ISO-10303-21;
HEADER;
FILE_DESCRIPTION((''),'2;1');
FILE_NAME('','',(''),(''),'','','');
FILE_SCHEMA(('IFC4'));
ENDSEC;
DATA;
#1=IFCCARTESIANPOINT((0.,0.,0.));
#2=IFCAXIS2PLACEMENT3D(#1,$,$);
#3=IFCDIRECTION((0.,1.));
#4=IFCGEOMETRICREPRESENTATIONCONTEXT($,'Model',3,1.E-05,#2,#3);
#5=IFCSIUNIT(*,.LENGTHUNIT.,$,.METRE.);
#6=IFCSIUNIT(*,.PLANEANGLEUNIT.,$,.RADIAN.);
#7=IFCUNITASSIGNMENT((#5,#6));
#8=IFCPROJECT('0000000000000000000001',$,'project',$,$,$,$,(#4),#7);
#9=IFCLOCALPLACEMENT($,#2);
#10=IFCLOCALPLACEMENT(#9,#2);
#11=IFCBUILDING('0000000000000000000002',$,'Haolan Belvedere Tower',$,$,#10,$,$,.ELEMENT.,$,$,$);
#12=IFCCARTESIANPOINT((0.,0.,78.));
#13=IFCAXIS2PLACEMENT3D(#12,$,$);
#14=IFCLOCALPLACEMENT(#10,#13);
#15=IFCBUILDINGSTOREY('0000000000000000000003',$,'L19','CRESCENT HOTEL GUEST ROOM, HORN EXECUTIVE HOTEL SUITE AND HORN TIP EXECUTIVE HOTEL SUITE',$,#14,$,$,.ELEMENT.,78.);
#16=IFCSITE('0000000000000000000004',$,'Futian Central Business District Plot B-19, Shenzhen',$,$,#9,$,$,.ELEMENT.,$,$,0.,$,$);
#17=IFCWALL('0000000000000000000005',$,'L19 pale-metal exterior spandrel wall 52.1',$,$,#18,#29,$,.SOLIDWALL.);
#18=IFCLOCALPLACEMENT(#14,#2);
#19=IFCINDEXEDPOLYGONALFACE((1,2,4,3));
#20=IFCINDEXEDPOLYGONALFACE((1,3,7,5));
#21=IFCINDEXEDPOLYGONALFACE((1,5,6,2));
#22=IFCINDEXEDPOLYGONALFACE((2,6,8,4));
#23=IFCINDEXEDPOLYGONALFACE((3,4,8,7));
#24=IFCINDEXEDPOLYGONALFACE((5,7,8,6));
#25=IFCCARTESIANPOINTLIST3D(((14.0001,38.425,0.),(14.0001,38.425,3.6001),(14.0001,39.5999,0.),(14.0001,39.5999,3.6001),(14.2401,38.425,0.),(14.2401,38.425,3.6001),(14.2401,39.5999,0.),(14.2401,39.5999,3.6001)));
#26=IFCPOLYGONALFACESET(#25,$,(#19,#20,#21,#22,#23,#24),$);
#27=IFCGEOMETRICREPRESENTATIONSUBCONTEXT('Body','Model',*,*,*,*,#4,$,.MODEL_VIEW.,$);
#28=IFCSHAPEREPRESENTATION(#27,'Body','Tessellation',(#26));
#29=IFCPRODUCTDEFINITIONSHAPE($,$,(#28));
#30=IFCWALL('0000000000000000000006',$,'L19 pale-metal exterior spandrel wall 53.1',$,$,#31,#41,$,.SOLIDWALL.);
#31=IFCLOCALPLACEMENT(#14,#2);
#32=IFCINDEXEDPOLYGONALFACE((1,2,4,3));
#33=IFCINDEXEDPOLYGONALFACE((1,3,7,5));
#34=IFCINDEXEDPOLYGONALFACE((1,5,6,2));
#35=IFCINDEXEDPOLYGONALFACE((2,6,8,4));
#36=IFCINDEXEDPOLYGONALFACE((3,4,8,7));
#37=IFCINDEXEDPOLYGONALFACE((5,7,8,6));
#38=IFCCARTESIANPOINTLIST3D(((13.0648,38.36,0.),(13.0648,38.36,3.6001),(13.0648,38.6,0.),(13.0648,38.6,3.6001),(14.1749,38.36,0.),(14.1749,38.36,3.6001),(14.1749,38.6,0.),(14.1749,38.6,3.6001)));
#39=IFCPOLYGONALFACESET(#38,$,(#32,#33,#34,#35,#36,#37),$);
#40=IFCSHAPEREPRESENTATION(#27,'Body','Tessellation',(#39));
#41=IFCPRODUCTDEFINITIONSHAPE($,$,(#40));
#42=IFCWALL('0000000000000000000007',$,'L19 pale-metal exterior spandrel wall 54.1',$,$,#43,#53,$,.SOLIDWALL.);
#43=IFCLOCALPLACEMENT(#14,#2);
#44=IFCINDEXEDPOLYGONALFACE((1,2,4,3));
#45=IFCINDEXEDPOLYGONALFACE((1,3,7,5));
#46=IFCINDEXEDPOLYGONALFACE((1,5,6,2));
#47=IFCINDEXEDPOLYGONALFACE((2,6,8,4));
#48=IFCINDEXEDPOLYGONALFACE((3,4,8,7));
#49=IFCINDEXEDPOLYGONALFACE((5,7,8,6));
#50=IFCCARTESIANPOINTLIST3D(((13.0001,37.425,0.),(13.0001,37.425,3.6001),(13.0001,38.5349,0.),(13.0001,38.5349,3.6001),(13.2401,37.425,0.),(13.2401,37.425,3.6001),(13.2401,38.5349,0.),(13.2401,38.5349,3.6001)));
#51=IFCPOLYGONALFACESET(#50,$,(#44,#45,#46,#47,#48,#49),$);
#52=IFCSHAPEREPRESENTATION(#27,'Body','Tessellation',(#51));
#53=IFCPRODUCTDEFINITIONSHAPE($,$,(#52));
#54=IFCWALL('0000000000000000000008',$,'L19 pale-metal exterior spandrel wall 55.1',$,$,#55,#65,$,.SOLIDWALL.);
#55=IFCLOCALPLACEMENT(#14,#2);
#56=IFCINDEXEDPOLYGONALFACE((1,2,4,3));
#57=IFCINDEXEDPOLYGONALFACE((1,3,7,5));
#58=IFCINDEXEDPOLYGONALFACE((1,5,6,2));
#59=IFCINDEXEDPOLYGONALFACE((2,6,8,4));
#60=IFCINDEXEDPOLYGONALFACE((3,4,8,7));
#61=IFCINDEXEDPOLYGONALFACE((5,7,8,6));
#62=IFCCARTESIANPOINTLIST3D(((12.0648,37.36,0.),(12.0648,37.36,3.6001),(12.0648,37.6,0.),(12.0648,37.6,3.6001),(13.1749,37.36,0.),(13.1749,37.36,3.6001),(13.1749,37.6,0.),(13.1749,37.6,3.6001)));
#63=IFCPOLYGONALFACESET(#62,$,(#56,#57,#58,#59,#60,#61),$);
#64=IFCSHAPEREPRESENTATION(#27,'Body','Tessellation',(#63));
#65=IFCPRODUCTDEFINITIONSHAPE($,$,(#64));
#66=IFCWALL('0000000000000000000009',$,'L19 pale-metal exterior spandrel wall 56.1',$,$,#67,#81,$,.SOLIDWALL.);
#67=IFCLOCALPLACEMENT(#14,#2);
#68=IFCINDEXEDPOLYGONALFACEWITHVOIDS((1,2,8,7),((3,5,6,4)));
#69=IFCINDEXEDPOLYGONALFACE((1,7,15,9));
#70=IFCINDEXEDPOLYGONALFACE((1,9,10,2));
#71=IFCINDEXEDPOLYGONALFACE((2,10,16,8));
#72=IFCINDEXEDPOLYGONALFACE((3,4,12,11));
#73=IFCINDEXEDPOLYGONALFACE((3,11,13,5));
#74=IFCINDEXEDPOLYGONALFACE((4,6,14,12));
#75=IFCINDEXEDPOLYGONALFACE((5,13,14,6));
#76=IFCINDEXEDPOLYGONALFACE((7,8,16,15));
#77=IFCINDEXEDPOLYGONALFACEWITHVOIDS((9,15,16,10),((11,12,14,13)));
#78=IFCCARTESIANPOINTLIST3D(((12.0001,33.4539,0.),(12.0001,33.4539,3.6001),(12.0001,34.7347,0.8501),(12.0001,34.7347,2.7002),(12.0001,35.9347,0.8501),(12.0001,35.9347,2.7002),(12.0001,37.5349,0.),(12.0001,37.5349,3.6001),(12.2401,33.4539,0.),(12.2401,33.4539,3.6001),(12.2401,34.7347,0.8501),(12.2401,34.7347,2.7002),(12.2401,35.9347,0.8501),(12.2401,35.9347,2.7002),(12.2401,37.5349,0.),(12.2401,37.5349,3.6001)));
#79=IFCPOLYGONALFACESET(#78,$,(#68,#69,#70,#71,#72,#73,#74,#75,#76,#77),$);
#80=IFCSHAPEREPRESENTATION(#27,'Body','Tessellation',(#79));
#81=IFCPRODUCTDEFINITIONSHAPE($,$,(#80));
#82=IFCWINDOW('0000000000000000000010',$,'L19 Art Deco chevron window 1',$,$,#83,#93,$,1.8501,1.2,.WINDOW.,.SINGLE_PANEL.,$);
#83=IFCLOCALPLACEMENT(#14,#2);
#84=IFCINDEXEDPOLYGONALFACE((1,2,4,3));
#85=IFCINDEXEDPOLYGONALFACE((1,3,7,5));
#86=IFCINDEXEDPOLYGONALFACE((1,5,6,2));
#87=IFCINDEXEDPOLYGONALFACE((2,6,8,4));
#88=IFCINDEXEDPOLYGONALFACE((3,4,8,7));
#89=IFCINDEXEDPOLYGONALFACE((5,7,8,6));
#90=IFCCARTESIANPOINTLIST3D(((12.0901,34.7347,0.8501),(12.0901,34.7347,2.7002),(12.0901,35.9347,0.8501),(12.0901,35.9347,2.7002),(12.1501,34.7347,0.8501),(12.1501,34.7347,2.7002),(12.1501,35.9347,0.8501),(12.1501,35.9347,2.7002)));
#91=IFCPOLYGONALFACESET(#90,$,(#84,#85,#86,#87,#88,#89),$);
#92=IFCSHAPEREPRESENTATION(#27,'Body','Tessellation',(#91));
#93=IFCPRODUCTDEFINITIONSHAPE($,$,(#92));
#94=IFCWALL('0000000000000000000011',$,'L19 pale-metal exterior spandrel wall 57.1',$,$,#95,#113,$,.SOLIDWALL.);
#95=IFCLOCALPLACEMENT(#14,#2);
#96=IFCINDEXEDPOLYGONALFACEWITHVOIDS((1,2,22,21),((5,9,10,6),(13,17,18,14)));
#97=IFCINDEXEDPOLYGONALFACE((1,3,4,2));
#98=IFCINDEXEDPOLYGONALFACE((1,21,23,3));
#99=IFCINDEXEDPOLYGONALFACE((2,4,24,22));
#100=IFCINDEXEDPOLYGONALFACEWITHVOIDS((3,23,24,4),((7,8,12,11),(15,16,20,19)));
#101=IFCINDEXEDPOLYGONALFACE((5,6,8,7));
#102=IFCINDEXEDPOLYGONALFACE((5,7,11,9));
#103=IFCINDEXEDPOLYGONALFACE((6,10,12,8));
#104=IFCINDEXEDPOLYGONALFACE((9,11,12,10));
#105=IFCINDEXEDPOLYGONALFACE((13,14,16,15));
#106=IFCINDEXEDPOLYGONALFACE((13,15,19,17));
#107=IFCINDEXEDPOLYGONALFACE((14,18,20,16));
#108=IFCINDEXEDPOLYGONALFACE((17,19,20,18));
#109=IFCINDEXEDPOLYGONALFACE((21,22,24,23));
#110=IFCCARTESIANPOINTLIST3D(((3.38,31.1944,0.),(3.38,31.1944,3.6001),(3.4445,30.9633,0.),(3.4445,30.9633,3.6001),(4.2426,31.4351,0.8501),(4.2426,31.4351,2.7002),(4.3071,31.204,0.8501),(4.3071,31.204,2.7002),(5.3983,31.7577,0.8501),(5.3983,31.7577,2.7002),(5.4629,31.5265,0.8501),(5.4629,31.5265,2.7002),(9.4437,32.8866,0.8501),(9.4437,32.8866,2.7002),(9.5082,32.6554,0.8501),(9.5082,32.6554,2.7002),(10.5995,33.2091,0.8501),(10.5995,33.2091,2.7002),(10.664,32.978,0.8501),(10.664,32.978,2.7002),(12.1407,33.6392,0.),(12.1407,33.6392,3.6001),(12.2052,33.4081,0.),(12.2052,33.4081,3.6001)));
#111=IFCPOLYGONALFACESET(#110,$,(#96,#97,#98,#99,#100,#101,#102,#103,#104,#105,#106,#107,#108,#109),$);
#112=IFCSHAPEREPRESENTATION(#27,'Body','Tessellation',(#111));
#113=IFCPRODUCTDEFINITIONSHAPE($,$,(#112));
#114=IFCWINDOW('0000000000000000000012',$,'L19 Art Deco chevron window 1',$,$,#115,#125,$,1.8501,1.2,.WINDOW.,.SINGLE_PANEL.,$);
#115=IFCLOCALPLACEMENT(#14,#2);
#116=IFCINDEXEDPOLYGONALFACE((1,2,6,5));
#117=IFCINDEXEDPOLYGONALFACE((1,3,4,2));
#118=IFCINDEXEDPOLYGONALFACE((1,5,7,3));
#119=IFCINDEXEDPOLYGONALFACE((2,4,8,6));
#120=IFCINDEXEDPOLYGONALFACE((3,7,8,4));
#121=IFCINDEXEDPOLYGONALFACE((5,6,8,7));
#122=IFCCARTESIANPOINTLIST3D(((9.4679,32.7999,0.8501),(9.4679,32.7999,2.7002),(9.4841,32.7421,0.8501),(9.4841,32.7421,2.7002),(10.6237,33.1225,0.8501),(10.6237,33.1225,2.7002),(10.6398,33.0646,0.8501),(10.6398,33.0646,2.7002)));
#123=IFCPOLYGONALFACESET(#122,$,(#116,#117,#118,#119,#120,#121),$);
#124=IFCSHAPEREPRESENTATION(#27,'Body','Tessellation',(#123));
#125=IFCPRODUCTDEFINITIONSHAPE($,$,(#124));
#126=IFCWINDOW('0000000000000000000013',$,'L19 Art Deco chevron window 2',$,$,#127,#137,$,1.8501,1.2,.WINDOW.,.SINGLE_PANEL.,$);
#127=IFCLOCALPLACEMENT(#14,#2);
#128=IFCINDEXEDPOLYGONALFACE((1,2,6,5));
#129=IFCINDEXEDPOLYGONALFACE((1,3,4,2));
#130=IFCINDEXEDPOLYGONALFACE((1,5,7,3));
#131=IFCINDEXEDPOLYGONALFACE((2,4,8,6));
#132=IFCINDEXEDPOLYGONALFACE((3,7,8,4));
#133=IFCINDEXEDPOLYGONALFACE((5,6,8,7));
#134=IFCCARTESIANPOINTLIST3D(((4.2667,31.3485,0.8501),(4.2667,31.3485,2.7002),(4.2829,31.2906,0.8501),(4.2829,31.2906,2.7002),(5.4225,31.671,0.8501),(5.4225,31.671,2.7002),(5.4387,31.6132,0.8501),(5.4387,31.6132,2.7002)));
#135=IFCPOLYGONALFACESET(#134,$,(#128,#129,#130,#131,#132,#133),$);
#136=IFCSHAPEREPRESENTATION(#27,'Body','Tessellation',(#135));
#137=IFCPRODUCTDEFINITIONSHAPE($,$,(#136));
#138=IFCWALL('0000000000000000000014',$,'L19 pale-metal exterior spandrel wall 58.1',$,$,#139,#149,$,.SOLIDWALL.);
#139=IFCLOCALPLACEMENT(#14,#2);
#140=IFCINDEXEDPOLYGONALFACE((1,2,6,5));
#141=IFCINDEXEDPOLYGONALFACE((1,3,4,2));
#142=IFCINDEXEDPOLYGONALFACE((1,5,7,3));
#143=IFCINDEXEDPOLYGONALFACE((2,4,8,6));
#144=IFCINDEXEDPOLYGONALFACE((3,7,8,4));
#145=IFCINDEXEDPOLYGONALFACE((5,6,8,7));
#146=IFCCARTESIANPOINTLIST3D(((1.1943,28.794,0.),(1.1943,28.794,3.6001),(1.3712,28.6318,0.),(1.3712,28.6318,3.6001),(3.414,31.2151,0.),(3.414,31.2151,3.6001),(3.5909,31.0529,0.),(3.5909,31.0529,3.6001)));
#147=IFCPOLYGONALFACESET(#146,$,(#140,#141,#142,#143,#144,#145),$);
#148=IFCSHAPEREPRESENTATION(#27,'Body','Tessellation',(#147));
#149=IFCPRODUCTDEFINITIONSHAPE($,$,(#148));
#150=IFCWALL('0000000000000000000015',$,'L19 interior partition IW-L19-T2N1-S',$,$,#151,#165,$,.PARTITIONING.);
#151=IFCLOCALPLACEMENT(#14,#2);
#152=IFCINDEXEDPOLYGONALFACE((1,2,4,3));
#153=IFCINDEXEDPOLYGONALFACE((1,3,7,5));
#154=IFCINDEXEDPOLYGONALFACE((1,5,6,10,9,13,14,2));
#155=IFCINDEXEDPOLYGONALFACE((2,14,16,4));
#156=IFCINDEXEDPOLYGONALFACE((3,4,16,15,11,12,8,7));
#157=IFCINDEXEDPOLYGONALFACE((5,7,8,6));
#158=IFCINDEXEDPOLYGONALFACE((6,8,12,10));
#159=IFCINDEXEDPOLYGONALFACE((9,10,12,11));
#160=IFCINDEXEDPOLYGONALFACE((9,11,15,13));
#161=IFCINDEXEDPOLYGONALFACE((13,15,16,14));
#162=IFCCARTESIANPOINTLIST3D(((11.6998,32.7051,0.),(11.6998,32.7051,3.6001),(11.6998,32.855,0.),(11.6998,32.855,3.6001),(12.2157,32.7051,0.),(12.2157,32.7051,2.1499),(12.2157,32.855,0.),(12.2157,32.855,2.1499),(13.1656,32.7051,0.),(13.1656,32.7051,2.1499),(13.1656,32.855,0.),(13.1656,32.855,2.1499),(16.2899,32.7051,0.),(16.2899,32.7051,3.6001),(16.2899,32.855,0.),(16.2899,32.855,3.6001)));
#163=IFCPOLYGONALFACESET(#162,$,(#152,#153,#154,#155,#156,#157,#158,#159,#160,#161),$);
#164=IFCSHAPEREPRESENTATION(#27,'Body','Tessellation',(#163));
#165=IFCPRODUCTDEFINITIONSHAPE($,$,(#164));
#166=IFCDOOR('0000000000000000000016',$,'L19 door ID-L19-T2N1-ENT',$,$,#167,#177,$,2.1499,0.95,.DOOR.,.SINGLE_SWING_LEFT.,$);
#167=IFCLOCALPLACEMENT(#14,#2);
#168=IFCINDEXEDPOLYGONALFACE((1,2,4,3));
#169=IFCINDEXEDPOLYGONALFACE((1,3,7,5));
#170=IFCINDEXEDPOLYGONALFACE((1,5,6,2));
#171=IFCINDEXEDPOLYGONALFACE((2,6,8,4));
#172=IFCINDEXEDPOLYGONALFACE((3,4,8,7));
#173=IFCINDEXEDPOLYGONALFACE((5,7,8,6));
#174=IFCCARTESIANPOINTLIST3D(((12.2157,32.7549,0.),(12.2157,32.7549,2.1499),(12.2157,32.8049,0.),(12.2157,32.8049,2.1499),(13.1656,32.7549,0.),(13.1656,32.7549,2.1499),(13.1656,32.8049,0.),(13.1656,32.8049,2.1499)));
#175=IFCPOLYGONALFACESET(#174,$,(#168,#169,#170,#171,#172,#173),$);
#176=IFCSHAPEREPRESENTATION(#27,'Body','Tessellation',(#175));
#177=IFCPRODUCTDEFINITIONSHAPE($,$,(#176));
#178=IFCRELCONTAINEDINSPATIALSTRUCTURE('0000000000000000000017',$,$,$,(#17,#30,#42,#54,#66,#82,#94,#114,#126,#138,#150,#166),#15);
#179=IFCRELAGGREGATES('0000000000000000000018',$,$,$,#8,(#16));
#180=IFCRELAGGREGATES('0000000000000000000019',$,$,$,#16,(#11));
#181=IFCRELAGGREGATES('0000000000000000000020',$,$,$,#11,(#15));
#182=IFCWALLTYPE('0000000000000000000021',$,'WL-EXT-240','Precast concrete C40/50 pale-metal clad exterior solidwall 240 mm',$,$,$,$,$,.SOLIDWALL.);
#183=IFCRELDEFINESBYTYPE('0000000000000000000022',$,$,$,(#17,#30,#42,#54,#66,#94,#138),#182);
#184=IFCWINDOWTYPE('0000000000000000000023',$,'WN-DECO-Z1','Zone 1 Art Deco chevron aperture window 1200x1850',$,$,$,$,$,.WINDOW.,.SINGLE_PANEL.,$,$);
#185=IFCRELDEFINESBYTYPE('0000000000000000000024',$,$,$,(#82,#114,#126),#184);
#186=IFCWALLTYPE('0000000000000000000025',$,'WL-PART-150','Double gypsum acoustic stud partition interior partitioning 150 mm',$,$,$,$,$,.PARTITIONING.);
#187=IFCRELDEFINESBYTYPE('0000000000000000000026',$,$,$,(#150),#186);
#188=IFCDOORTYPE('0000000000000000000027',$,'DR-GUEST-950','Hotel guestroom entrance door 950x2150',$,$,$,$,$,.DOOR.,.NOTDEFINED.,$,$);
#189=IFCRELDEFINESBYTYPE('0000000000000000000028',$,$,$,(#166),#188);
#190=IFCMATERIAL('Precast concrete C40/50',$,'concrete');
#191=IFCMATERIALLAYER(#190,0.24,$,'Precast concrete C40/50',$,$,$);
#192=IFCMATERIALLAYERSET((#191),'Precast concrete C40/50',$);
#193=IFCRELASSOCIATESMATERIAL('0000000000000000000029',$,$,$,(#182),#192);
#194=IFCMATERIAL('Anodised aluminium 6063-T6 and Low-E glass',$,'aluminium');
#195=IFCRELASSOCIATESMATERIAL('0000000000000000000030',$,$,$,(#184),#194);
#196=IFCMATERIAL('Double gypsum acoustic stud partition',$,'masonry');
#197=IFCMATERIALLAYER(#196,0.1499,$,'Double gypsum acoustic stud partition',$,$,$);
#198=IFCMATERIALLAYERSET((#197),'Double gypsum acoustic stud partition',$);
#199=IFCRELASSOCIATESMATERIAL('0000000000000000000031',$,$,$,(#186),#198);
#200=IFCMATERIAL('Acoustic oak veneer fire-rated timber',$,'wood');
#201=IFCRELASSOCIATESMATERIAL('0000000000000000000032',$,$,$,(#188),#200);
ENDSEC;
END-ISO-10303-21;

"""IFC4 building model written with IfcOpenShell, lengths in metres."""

from ifc_helpers import new_model, si_unit, direction, frame, frame_2d, origin, place, context, subcontext, project, spatial, rectangle, extrude, material, layer, layer_set, type_object, element, fill, save


model = new_model("IFC4")

# Units and contexts
model_context = context("Model", 3, precision=1e-05, world=origin(), true_north=direction((0.0, 1.0)))
body_context = subcontext(model_context, "Body", "Model", "MODEL_VIEW")
ifc_project = project(units=[si_unit("LENGTHUNIT", "METRE"), si_unit("PLANEANGLEUNIT", "RADIAN")], contexts=[model_context])

# Site, building, storey
site_placement = place(None, origin())
site = spatial("IfcSite", under=ifc_project, at=site_placement, Name="Futian Central Business District Plot B-19, Shenzhen", CompositionType="ELEMENT", RefElevation=0.0)
building_placement = place(site_placement, origin())
building = spatial("IfcBuilding", under=site, at=building_placement, Name="Haolan Belvedere Tower", CompositionType="ELEMENT")
storey_placement = place(building_placement, frame((0.0, 0.0, 78.0)))
storey = spatial("IfcBuildingStorey", under=building, at=storey_placement, Name="L19", Description="CRESCENT HOTEL GUEST ROOM, HORN EXECUTIVE HOTEL SUITE AND HORN TIP EXECUTIVE HOTEL SUITE", CompositionType="ELEMENT", Elevation=78.0)

# Walls
ifc_material_1 = material(Name="Precast concrete C40/50", Category="concrete")
ifc_layer_1 = layer(ifc_material_1, 0.24, Name="Precast concrete C40/50")
ifc_layer_set_1 = layer_set([ifc_layer_1], Name="Precast concrete C40/50")
wall_type_1 = type_object("IfcWallType", Name="WL-EXT-240", Description="Precast concrete C40/50 pale-metal clad exterior solidwall 240 mm", PredefinedType="SOLIDWALL", material=ifc_layer_set_1)
wall_1_placement = place(storey_placement, frame((14.1201, 39.5999, 0.0), z_axis=(0.0, 0.0, 1.0), x_axis=(0.0, -1.0, 0.0)))
element("IfcWall", 1, at=wall_1_placement, inside=storey, type_object=wall_type_1, Name="L19 pale-metal exterior spandrel wall 52.1", PredefinedType="SOLIDWALL", context=body_context, shape_type="SweptSolid", body=[
    extrude(rectangle(XDim=1.1748, YDim=0.24, at=frame_2d((0.5874, 0.0))), origin(), (0.0, 0.0, 1.0), 3.6001),
])
wall_2_placement = place(storey_placement, frame((14.175, 38.48, 0.0), z_axis=(0.0, 0.0, 1.0), x_axis=(-1.0, 0.0, 0.0)))
element("IfcWall", 2, at=wall_2_placement, inside=storey, type_object=wall_type_1, Name="L19 pale-metal exterior spandrel wall 53.1", PredefinedType="SOLIDWALL", context=body_context, shape_type="SweptSolid", body=[
    extrude(rectangle(XDim=1.1101, YDim=0.24, at=frame_2d((0.5552, 0.0))), origin(), (0.0, 0.0, 1.0), 3.6001),
])
wall_3_placement = place(storey_placement, frame((13.1201, 38.5349, 0.0), z_axis=(0.0, 0.0, 1.0), x_axis=(0.0, -1.0, 0.0)))
element("IfcWall", 3, at=wall_3_placement, inside=storey, type_object=wall_type_1, Name="L19 pale-metal exterior spandrel wall 54.1", PredefinedType="SOLIDWALL", context=body_context, shape_type="SweptSolid", body=[
    extrude(rectangle(XDim=1.1099, YDim=0.24, at=frame_2d((0.5549, 0.0))), origin(), (0.0, 0.0, 1.0), 3.6001),
])
wall_4_placement = place(storey_placement, frame((13.175, 37.48, 0.0), z_axis=(0.0, 0.0, 1.0), x_axis=(-1.0, 0.0, 0.0)))
element("IfcWall", 4, at=wall_4_placement, inside=storey, type_object=wall_type_1, Name="L19 pale-metal exterior spandrel wall 55.1", PredefinedType="SOLIDWALL", context=body_context, shape_type="SweptSolid", body=[
    extrude(rectangle(XDim=1.1101, YDim=0.24, at=frame_2d((0.5552, 0.0))), origin(), (0.0, 0.0, 1.0), 3.6001),
])

# Wall, opening, window
wall_5_placement = place(storey_placement, frame((12.1201, 37.5349, 0.0), z_axis=(0.0, 0.0, 1.0), x_axis=(0.0, -1.0, 0.0)))
wall_5 = element("IfcWall", 5, at=wall_5_placement, inside=storey, type_object=wall_type_1, Name="L19 pale-metal exterior spandrel wall 56.1", PredefinedType="SOLIDWALL", context=body_context, shape_type="SweptSolid", body=[
    extrude(rectangle(XDim=4.0811, YDim=0.24, at=frame_2d((2.0405, 0.0))), origin(), (0.0, 0.0, 1.0), 3.6001),
])
opening_1_placement = place(wall_5_placement, frame((1.6001, 0.0, 0.8501)))
opening_1 = element("IfcOpeningElement", 6, at=opening_1_placement, cuts=wall_5, PredefinedType="OPENING", context=body_context, shape_type="SweptSolid", body=[
    extrude(rectangle(XDim=1.2, YDim=1.8501, at=frame_2d((0.6001, 0.925))), frame((0.0, 0.1299, 0.0), z_axis=(0.0, -1.0, 0.0), x_axis=(1.0, 0.0, 0.0)), (0.0, 0.0, 1.0), 0.26),
])
ifc_material_2 = material(Name="Anodised aluminium 6063-T6 and Low-E glass", Category="aluminium")
window_type = type_object("IfcWindowType", Name="WN-DECO-Z1", Description="Zone 1 Art Deco chevron aperture window 1200x1850", PartitioningType="SINGLE_PANEL", PredefinedType="WINDOW", material=ifc_material_2)
window_1_placement = place(opening_1_placement, origin())
window_1 = element("IfcWindow", 7, at=window_1_placement, inside=storey, type_object=window_type, Name="L19 Art Deco chevron window 1", OverallHeight=1.8501, OverallWidth=1.2, PartitioningType="SINGLE_PANEL", PredefinedType="WINDOW", context=body_context, shape_type="SweptSolid", body=[
    extrude(rectangle(XDim=1.2, YDim=1.8501, at=frame_2d((0.6001, 0.925))), frame((0.0, 0.03, 0.0), z_axis=(0.0, -1.0, 0.0), x_axis=(1.0, 0.0, 0.0)), (0.0, 0.0, 1.0), 0.0601),
])
fill(opening_1, window_1)

# Wall, openings, windows
wall_6_placement = place(storey_placement, frame((12.1731, 33.5237, 0.0), z_axis=(0.0, 0.0, 1.0), x_axis=(-0.963197, -0.268795, 0.0)))
wall_6 = element("IfcWall", 8, at=wall_6_placement, inside=storey, type_object=wall_type_1, Name="L19 pale-metal exterior spandrel wall 57.1", PredefinedType="SOLIDWALL", context=body_context, shape_type="SweptSolid", body=[
    extrude(rectangle(XDim=9.0955, YDim=0.24, at=frame_2d((4.5479, 0.0))), origin(), (0.0, 0.0, 1.0), 3.6001),
])
opening_2_placement = place(wall_6_placement, frame((1.6001, 0.0, 0.8501)))
opening_2 = element("IfcOpeningElement", 9, at=opening_2_placement, cuts=wall_6, PredefinedType="OPENING", context=body_context, shape_type="SweptSolid", body=[
    extrude(rectangle(XDim=1.2, YDim=1.8501, at=frame_2d((0.6001, 0.925))), frame((0.0, 0.1299, 0.0), z_axis=(0.0, -1.0, 0.0), x_axis=(1.0, 0.0, 0.0)), (0.0, 0.0, 1.0), 0.26),
])
opening_3_placement = place(wall_6_placement, frame((7.0, 0.0, 0.8501)))
opening_3 = element("IfcOpeningElement", 10, at=opening_3_placement, cuts=wall_6, PredefinedType="OPENING", context=body_context, shape_type="SweptSolid", body=[
    extrude(rectangle(XDim=1.2, YDim=1.8501, at=frame_2d((0.6001, 0.925))), frame((0.0, 0.1299, 0.0), z_axis=(0.0, -1.0, 0.0), x_axis=(1.0, 0.0, 0.0)), (0.0, 0.0, 1.0), 0.26),
])
window_2_placement = place(opening_2_placement, origin())
window_2 = element("IfcWindow", 11, at=window_2_placement, inside=storey, type_object=window_type, Name="L19 Art Deco chevron window 1", OverallHeight=1.8501, OverallWidth=1.2, PartitioningType="SINGLE_PANEL", PredefinedType="WINDOW", context=body_context, shape_type="SweptSolid", body=[
    extrude(rectangle(XDim=1.2, YDim=1.8501, at=frame_2d((0.6001, 0.925))), frame((0.0, 0.03, 0.0), z_axis=(0.0, -1.0, 0.0), x_axis=(1.0, 0.0, 0.0)), (0.0, 0.0, 1.0), 0.0601),
])
fill(opening_2, window_2)
window_3_placement = place(opening_3_placement, origin())
window_3 = element("IfcWindow", 12, at=window_3_placement, inside=storey, type_object=window_type, Name="L19 Art Deco chevron window 2", OverallHeight=1.8501, OverallWidth=1.2, PartitioningType="SINGLE_PANEL", PredefinedType="WINDOW", context=body_context, shape_type="SweptSolid", body=[
    extrude(rectangle(XDim=1.2, YDim=1.8501, at=frame_2d((0.6001, 0.925))), frame((0.0, 0.03, 0.0), z_axis=(0.0, -1.0, 0.0), x_axis=(1.0, 0.0, 0.0)), (0.0, 0.0, 1.0), 0.0601),
])
fill(opening_3, window_3)

# Wall
wall_7_placement = place(storey_placement, frame((3.5024, 31.134, 0.0), z_axis=(0.0, 0.0, 1.0), x_axis=(-0.675782, -0.737102, 0.0)))
element("IfcWall", 13, at=wall_7_placement, inside=storey, type_object=wall_type_1, Name="L19 pale-metal exterior spandrel wall 58.1", PredefinedType="SOLIDWALL", context=body_context, shape_type="SweptSolid", body=[
    extrude(rectangle(XDim=3.2847, YDim=0.24, at=frame_2d((1.6423, 0.0))), origin(), (0.0, 0.0, 1.0), 3.6001),
])

# Wall, opening, door
ifc_material_3 = material(Name="Double gypsum acoustic stud partition", Category="masonry")
ifc_layer_2 = layer(ifc_material_3, 0.1499, Name="Double gypsum acoustic stud partition")
ifc_layer_set_2 = layer_set([ifc_layer_2], Name="Double gypsum acoustic stud partition")
wall_type_2 = type_object("IfcWallType", Name="WL-PART-150", Description="Double gypsum acoustic stud partition interior partitioning 150 mm", PredefinedType="PARTITIONING", material=ifc_layer_set_2)
wall_8_placement = place(storey_placement, frame((11.7, 32.78, 0.0), z_axis=(0.0, 0.0, 1.0), x_axis=(1.0, 0.0, 0.0)))
wall_8 = element("IfcWall", 14, at=wall_8_placement, inside=storey, type_object=wall_type_2, Name="L19 interior partition IW-L19-T2N1-S", PredefinedType="PARTITIONING", context=body_context, shape_type="SweptSolid", body=[
    extrude(rectangle(XDim=4.5901, YDim=0.1499, at=frame_2d((2.2949, 0.0))), origin(), (0.0, 0.0, 1.0), 3.6001),
])
opening_4_placement = place(wall_8_placement, frame((0.5156, 0.0, 0.0)))
opening_4 = element("IfcOpeningElement", 15, at=opening_4_placement, cuts=wall_8, PredefinedType="OPENING", context=body_context, shape_type="SweptSolid", body=[
    extrude(rectangle(XDim=0.95, YDim=2.1499, at=frame_2d((0.4751, 1.075))), frame((0.0, 0.085, 0.0), z_axis=(0.0, -1.0, 0.0), x_axis=(1.0, 0.0, 0.0)), (0.0, 0.0, 1.0), 0.1699),
])
ifc_material_4 = material(Name="Acoustic oak veneer fire-rated timber", Category="wood")
door_type_1 = type_object("IfcDoorType", Name="DR-GUEST-950", Description="Hotel guestroom entrance door 950x2150", OperationType="NOTDEFINED", PredefinedType="DOOR", material=ifc_material_4)
door_1_placement = place(opening_4_placement, origin())
door_1 = element("IfcDoor", 16, at=door_1_placement, inside=storey, type_object=door_type_1, Name="L19 door ID-L19-T2N1-ENT", OperationType="SINGLE_SWING_LEFT", OverallHeight=2.1499, OverallWidth=0.95, PredefinedType="DOOR", context=body_context, shape_type="SweptSolid", body=[
    extrude(rectangle(XDim=0.95, YDim=2.1499, at=frame_2d((0.4751, 1.075))), frame((0.0, 0.0249, 0.0), z_axis=(0.0, -1.0, 0.0), x_axis=(1.0, 0.0, 0.0)), (0.0, 0.0, 1.0), 0.05),
])
fill(opening_4, door_1)

save(model, "model.ifc")
